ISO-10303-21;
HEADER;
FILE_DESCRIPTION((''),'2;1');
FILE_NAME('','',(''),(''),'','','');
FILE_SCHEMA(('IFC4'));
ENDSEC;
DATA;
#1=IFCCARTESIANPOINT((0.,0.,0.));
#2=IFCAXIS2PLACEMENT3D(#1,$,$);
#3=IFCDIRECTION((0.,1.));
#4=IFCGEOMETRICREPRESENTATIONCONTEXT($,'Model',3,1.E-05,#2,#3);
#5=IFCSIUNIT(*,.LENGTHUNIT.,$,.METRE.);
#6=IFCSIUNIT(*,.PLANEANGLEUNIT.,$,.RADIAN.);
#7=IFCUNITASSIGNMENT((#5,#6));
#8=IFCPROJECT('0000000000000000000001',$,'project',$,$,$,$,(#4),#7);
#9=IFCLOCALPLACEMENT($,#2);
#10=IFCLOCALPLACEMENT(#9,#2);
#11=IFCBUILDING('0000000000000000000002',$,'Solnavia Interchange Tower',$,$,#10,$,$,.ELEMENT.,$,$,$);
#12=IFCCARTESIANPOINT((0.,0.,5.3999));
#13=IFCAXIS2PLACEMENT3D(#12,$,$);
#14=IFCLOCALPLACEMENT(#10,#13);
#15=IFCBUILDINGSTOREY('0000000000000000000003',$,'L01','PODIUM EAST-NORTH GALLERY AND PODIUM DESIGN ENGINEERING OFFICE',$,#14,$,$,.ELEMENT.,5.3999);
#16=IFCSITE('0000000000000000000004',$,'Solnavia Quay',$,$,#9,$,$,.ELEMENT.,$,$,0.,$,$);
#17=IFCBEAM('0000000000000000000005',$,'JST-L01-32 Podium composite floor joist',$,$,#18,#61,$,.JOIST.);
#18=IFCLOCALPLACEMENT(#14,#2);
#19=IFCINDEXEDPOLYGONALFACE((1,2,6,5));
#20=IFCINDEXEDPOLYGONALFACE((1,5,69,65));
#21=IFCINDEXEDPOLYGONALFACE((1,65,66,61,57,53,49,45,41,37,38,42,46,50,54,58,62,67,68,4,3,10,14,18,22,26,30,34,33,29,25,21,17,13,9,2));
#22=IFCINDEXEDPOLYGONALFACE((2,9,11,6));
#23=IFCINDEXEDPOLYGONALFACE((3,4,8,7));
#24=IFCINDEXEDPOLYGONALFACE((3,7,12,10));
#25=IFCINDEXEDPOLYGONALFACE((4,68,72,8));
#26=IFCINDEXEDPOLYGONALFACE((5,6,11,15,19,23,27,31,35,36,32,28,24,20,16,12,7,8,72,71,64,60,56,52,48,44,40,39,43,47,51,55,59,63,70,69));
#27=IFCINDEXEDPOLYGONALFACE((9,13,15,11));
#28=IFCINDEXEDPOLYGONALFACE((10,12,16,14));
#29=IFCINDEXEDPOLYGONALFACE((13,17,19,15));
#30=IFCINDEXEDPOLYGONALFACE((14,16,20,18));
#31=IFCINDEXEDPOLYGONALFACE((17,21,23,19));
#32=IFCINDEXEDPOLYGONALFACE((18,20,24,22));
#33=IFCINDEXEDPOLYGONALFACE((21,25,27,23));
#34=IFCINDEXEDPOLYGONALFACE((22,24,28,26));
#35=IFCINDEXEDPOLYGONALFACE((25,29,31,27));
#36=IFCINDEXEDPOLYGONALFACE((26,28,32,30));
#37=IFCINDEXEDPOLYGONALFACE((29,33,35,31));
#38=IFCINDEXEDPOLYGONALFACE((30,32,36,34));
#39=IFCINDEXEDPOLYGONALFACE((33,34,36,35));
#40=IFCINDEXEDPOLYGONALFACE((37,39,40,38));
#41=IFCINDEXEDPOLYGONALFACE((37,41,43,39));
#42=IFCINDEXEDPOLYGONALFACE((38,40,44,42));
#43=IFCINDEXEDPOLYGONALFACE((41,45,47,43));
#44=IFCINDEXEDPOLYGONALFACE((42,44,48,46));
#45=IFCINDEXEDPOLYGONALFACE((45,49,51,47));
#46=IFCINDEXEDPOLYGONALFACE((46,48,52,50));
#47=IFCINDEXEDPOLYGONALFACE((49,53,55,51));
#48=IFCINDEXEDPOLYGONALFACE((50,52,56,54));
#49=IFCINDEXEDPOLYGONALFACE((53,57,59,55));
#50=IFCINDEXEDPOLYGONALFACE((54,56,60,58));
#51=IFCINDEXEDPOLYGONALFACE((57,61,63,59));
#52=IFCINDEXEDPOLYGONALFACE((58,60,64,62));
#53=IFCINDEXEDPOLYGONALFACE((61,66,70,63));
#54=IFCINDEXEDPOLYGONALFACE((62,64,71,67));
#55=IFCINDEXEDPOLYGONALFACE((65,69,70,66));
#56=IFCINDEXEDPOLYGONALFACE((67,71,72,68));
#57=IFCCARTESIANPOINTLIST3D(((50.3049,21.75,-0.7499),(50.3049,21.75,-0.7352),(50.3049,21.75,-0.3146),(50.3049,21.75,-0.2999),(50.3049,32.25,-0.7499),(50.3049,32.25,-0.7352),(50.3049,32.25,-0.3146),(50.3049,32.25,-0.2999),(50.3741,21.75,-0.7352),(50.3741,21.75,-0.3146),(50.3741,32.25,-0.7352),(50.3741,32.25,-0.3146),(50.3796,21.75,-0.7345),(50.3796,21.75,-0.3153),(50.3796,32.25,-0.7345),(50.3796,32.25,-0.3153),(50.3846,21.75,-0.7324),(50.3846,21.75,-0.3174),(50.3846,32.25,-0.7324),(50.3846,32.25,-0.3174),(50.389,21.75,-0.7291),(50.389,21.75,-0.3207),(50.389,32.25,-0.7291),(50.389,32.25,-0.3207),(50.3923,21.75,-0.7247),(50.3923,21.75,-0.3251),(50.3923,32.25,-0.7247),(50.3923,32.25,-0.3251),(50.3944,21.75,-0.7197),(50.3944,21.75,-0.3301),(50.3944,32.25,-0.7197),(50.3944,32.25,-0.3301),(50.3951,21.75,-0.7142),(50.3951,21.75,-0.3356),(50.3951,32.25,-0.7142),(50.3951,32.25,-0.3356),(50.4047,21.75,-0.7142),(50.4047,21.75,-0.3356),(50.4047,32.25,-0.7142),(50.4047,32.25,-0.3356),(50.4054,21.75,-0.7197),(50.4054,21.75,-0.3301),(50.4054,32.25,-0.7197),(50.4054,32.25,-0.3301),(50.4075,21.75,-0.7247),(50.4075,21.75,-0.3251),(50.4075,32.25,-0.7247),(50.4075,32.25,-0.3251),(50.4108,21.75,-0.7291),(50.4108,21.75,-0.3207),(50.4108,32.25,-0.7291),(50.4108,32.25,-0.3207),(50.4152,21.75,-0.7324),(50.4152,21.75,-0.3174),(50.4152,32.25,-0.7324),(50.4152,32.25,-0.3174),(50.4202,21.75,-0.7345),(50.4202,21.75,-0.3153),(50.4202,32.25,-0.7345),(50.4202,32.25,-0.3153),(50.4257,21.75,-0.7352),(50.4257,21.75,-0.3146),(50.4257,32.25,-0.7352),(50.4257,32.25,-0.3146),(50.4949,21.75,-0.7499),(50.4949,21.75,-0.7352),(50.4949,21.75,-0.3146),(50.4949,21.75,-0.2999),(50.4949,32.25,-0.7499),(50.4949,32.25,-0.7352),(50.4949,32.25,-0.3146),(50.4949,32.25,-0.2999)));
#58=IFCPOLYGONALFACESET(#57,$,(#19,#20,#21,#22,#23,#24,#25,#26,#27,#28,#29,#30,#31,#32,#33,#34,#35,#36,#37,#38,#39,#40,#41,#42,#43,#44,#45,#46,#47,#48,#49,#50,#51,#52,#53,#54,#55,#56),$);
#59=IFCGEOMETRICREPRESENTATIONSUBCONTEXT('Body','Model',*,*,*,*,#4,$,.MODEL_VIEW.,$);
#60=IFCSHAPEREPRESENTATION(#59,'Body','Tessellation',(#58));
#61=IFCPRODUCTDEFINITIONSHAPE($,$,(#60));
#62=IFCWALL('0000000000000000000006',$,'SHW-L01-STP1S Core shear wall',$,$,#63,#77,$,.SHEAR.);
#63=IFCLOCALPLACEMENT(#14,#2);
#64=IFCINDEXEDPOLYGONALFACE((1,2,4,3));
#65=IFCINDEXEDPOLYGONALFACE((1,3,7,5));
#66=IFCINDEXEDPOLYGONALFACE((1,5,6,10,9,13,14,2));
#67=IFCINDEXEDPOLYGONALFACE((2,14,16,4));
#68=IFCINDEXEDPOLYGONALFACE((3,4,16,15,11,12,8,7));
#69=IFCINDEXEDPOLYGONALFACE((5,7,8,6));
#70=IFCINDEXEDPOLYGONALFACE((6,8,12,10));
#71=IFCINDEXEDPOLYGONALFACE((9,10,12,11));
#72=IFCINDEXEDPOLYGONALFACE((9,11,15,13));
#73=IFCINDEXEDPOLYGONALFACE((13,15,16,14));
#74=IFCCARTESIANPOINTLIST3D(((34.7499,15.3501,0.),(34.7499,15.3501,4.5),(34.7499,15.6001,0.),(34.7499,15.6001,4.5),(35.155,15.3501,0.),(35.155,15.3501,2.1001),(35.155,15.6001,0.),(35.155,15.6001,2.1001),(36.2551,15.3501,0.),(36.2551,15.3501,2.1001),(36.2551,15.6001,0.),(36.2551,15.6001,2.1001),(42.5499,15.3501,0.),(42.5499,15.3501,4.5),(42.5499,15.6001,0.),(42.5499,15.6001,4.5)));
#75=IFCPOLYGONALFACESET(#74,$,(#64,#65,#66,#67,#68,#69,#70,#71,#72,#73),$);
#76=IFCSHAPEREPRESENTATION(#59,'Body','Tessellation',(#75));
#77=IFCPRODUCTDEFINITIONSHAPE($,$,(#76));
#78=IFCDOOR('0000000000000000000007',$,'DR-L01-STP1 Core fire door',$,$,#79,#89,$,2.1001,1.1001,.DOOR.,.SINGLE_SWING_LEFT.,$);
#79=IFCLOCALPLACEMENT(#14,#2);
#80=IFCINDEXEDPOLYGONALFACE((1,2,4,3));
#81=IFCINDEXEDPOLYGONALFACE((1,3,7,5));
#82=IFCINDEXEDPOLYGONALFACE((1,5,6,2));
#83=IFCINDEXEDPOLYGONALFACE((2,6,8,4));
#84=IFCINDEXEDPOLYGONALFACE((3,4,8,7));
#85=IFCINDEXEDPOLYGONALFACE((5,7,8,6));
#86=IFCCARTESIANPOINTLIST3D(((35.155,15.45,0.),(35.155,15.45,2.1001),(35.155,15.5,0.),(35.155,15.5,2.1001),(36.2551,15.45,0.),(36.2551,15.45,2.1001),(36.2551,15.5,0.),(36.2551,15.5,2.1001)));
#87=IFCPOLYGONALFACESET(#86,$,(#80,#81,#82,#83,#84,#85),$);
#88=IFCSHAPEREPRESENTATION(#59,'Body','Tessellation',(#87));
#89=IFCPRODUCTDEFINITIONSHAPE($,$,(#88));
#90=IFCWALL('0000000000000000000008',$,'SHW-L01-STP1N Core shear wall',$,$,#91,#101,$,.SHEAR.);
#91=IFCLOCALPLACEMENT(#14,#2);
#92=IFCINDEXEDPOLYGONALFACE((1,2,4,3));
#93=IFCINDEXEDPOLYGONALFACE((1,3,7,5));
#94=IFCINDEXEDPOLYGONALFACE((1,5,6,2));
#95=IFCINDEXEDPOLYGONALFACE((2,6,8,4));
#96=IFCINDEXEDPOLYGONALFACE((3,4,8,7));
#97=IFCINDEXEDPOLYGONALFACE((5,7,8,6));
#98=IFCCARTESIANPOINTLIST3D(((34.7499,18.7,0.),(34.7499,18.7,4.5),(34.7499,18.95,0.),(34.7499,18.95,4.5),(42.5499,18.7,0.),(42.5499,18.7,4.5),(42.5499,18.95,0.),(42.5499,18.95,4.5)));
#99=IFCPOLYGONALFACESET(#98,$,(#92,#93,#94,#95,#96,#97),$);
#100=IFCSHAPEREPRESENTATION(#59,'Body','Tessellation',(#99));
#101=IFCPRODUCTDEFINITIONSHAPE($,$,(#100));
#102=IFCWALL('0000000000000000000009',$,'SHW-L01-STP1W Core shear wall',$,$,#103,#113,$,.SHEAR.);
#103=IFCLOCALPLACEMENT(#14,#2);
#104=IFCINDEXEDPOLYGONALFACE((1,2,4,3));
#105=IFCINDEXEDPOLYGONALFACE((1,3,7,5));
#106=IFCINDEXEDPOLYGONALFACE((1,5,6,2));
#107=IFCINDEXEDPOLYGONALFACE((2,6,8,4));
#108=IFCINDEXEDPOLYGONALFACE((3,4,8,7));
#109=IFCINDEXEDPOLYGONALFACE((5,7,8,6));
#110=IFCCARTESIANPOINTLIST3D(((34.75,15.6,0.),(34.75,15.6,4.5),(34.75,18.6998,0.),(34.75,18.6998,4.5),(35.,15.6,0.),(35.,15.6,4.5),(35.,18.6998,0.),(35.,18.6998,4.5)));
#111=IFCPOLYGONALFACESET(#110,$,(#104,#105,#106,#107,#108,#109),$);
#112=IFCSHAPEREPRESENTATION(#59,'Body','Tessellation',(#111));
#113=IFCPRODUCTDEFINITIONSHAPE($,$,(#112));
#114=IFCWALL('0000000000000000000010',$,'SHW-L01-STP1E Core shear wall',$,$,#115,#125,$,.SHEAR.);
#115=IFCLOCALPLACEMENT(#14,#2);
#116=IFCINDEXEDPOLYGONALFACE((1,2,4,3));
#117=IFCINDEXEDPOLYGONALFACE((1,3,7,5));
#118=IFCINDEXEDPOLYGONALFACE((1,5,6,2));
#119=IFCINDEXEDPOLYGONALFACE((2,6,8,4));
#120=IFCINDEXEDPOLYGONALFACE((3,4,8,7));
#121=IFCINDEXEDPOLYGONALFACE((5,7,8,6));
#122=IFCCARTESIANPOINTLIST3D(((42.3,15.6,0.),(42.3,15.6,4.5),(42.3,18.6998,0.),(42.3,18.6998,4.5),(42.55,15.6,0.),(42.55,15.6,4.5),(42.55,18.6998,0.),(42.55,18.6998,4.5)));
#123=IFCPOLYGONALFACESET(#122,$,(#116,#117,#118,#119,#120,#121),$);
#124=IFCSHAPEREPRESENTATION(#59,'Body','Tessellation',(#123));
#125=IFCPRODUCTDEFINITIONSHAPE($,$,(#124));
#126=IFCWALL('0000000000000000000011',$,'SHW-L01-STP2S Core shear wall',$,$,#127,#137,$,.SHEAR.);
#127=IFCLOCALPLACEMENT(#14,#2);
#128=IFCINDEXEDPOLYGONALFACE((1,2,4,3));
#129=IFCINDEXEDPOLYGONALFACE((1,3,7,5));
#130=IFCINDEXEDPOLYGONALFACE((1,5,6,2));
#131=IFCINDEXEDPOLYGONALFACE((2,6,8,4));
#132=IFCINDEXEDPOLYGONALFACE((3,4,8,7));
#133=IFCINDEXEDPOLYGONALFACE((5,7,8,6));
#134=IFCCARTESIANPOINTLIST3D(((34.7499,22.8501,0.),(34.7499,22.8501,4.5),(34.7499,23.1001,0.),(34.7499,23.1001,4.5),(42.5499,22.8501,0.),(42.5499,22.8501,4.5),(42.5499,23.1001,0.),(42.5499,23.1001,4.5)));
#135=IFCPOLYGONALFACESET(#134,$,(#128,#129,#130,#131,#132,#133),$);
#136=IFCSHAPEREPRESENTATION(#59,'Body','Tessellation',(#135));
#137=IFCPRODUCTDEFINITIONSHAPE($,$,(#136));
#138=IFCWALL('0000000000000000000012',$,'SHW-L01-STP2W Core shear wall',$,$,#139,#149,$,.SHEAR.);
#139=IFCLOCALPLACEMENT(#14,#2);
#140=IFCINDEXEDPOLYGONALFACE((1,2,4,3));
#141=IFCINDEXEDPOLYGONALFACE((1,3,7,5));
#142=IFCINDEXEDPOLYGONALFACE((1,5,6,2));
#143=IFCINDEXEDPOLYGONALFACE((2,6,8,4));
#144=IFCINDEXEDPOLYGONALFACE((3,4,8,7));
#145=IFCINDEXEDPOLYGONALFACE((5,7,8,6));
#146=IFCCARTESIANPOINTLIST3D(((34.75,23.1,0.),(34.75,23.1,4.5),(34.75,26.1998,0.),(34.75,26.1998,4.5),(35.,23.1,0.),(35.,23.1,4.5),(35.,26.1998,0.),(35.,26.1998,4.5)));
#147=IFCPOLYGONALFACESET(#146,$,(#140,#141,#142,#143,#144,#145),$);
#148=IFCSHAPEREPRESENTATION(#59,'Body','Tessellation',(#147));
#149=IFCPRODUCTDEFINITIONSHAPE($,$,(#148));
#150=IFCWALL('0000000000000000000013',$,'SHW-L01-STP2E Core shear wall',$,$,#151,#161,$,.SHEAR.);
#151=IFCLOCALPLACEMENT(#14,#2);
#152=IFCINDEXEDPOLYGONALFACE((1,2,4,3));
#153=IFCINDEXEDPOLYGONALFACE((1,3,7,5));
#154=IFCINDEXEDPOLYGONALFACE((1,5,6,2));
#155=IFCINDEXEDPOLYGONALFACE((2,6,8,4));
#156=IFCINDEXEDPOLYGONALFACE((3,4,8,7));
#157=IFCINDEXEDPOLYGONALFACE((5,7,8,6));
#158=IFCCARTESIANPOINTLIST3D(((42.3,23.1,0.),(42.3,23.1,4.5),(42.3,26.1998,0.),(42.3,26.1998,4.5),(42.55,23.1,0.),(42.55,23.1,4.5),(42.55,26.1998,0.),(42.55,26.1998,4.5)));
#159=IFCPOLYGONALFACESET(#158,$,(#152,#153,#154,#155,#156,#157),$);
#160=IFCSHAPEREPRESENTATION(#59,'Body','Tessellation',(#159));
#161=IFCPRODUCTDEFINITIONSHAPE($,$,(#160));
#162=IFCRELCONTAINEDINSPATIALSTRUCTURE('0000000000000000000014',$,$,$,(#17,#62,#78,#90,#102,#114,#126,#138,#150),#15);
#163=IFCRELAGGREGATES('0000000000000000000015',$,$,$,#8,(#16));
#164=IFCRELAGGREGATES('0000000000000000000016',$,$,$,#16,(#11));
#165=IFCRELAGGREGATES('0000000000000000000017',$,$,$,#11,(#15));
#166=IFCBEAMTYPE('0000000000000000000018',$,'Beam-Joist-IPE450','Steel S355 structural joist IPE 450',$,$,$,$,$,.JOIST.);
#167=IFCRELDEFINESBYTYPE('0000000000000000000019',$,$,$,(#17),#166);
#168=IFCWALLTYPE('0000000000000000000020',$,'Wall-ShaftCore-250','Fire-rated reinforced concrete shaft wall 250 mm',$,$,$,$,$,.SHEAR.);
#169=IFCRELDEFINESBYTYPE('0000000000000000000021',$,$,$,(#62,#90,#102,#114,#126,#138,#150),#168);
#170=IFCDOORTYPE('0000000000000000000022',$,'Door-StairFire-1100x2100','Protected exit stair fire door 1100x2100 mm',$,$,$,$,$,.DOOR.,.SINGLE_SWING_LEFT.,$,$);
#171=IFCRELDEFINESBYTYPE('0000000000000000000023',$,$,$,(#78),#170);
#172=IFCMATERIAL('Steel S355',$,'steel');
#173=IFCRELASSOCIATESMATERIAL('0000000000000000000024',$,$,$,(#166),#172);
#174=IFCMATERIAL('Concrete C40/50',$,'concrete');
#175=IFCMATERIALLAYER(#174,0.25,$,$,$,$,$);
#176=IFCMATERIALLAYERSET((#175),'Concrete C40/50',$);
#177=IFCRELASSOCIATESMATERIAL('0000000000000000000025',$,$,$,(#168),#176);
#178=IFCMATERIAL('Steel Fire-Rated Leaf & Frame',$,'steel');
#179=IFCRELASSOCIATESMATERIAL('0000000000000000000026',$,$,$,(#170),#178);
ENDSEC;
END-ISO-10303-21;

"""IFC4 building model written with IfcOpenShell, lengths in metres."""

from ifc_helpers import new_model, si_unit, direction, frame, frame_2d, origin, origin_2d, place, context, subcontext, project, spatial, rectangle, i_section, extrude, material, layer, layer_set, material_profile, profile_set, type_object, element, fill, save


model = new_model("IFC4")

# Units and contexts
model_context = context("Model", 3, precision=1e-05, world=origin(), true_north=direction((0.0, 1.0)))
body_context = subcontext(model_context, "Body", "Model", "MODEL_VIEW")
ifc_project = project(units=[si_unit("LENGTHUNIT", "METRE"), si_unit("PLANEANGLEUNIT", "RADIAN")], contexts=[model_context])

# Site, building, storey
site_placement = place(None, origin())
site = spatial("IfcSite", under=ifc_project, at=site_placement, Name="Solnavia Quay", CompositionType="ELEMENT", RefElevation=0.0)
building_placement = place(site_placement, origin())
building = spatial("IfcBuilding", under=site, at=building_placement, Name="Solnavia Interchange Tower", CompositionType="ELEMENT")
storey_placement = place(building_placement, frame((0.0, 0.0, 5.3999)))
storey = spatial("IfcBuildingStorey", under=building, at=storey_placement, Name="L01", Description="PODIUM EAST-NORTH GALLERY AND PODIUM DESIGN ENGINEERING OFFICE", CompositionType="ELEMENT", Elevation=5.3999)

# Beam
ifc_material_1 = material(Name="Steel S355", Category="steel")
ifc_material_profile_1 = material_profile(ifc_material_1, i_section(OverallWidth=0.1899, OverallDepth=0.45, WebThickness=0.0095, FlangeThickness=0.0146, FilletRadius=0.021, at=origin_2d()), Name="IPE 450")
ifc_profile_set_1 = profile_set([ifc_material_profile_1], Name="Steel S355")
beam_type_1 = type_object("IfcBeamType", Name="Beam-Joist-IPE450", Description="Steel S355 structural joist IPE 450", PredefinedType="JOIST", material=ifc_profile_set_1)
for number, where, z_axis, x_axis, name in (
    (1, (50.3999, 21.75, -0.5249), (0.0, 1.0, 0.0), (-1.0, 0.0, 0.0), "JST-L01-32 Podium composite floor joist"),
):
    element("IfcBeam", number, at=place(storey_placement, frame(where, z_axis=z_axis, x_axis=x_axis)), inside=storey, type_object=beam_type_1, Name=name, PredefinedType="JOIST", context=body_context, shape_type="SweptSolid", body=[
        extrude(i_section(OverallWidth=0.1899, OverallDepth=0.45, WebThickness=0.0095, FlangeThickness=0.0146, FilletRadius=0.021, at=origin_2d()), origin(), (0.0, 0.0, 1.0), 10.5),
    ])

# Wall, opening, door
ifc_material_2 = material(Name="Concrete C40/50", Category="concrete")
ifc_layer_1 = layer(ifc_material_2, 0.25)
ifc_layer_set_1 = layer_set([ifc_layer_1], Name="Concrete C40/50")
wall_type_1 = type_object("IfcWallType", Name="Wall-ShaftCore-250", Description="Fire-rated reinforced concrete shaft wall 250 mm", PredefinedType="SHEAR", material=ifc_layer_set_1)
wall_1_placement = place(storey_placement, frame((34.75, 15.4751, 0.0), z_axis=(0.0, 0.0, 1.0), x_axis=(1.0, 0.0, 0.0)))
wall_1 = element("IfcWall", 2, at=wall_1_placement, inside=storey, type_object=wall_type_1, Name="SHW-L01-STP1S Core shear wall", PredefinedType="SHEAR", context=body_context, shape_type="SweptSolid", body=[
    extrude(rectangle(XDim=7.8, YDim=0.25, at=frame_2d((3.8999, 0.0))), origin(), (0.0, 0.0, 1.0), 4.5),
])
opening_1_placement = place(wall_1_placement, frame((0.405, 0.0, 0.0)))
opening_1 = element("IfcOpeningElement", 3, at=opening_1_placement, cuts=wall_1, PredefinedType="OPENING", context=body_context, shape_type="SweptSolid", body=[
    extrude(rectangle(XDim=1.1001, YDim=2.1001, at=frame_2d((0.55, 1.05))), frame((0.0, 0.135, 0.0), z_axis=(0.0, -1.0, 0.0), x_axis=(1.0, 0.0, 0.0)), (0.0, 0.0, 1.0), 0.27),
])
ifc_material_3 = material(Name="Steel Fire-Rated Leaf & Frame", Category="steel")
door_type_1 = type_object("IfcDoorType", Name="Door-StairFire-1100x2100", Description="Protected exit stair fire door 1100x2100 mm", OperationType="SINGLE_SWING_LEFT", PredefinedType="DOOR", material=ifc_material_3)
door_1_placement = place(opening_1_placement, origin())
door_1 = element("IfcDoor", 4, at=door_1_placement, inside=storey, type_object=door_type_1, Name="DR-L01-STP1 Core fire door", OperationType="SINGLE_SWING_LEFT", OverallHeight=2.1001, OverallWidth=1.1001, PredefinedType="DOOR", context=body_context, shape_type="SweptSolid", body=[
    extrude(rectangle(XDim=1.1001, YDim=2.1001, at=frame_2d((0.55, 1.05))), frame((0.0, 0.0249, 0.0), z_axis=(0.0, -1.0, 0.0), x_axis=(1.0, 0.0, 0.0)), (0.0, 0.0, 1.0), 0.05),
])
fill(opening_1, door_1)

# Walls
wall_2_placement = place(storey_placement, frame((34.75, 18.825, 0.0), z_axis=(0.0, 0.0, 1.0), x_axis=(1.0, 0.0, 0.0)))
element("IfcWall", 5, at=wall_2_placement, inside=storey, type_object=wall_type_1, Name="SHW-L01-STP1N Core shear wall", PredefinedType="SHEAR", context=body_context, shape_type="SweptSolid", body=[
    extrude(rectangle(XDim=7.8, YDim=0.25, at=frame_2d((3.8999, 0.0))), origin(), (0.0, 0.0, 1.0), 4.5),
])
for number, where, z_axis, x_axis, name in (
    (6, (34.875, 15.6001, 0.0), (0.0, 0.0, 1.0), (0.0, 1.0, 0.0), "SHW-L01-STP1W Core shear wall"),
    (7, (42.425, 15.6001, 0.0), (0.0, 0.0, 1.0), (0.0, 1.0, 0.0), "SHW-L01-STP1E Core shear wall"),
):
    element("IfcWall", number, at=place(storey_placement, frame(where, z_axis=z_axis, x_axis=x_axis)), inside=storey, type_object=wall_type_1, Name=name, PredefinedType="SHEAR", context=body_context, shape_type="SweptSolid", body=[
        extrude(rectangle(XDim=3.0999, YDim=0.25, at=frame_2d((1.5498, 0.0))), origin(), (0.0, 0.0, 1.0), 4.5),
    ])
wall_3_placement = place(storey_placement, frame((34.75, 22.9751, 0.0), z_axis=(0.0, 0.0, 1.0), x_axis=(1.0, 0.0, 0.0)))
element("IfcWall", 8, at=wall_3_placement, inside=storey, type_object=wall_type_1, Name="SHW-L01-STP2S Core shear wall", PredefinedType="SHEAR", context=body_context, shape_type="SweptSolid", body=[
    extrude(rectangle(XDim=7.8, YDim=0.25, at=frame_2d((3.8999, 0.0))), origin(), (0.0, 0.0, 1.0), 4.5),
])
for number, where, z_axis, x_axis, name in (
    (9, (34.875, 23.1001, 0.0), (0.0, 0.0, 1.0), (0.0, 1.0, 0.0), "SHW-L01-STP2W Core shear wall"),
    (10, (42.425, 23.1001, 0.0), (0.0, 0.0, 1.0), (0.0, 1.0, 0.0), "SHW-L01-STP2E Core shear wall"),
):
    element("IfcWall", number, at=place(storey_placement, frame(where, z_axis=z_axis, x_axis=x_axis)), inside=storey, type_object=wall_type_1, Name=name, PredefinedType="SHEAR", context=body_context, shape_type="SweptSolid", body=[
        extrude(rectangle(XDim=3.0999, YDim=0.25, at=frame_2d((1.5498, 0.0))), origin(), (0.0, 0.0, 1.0), 4.5),
    ])

save(model, "model.ifc")
